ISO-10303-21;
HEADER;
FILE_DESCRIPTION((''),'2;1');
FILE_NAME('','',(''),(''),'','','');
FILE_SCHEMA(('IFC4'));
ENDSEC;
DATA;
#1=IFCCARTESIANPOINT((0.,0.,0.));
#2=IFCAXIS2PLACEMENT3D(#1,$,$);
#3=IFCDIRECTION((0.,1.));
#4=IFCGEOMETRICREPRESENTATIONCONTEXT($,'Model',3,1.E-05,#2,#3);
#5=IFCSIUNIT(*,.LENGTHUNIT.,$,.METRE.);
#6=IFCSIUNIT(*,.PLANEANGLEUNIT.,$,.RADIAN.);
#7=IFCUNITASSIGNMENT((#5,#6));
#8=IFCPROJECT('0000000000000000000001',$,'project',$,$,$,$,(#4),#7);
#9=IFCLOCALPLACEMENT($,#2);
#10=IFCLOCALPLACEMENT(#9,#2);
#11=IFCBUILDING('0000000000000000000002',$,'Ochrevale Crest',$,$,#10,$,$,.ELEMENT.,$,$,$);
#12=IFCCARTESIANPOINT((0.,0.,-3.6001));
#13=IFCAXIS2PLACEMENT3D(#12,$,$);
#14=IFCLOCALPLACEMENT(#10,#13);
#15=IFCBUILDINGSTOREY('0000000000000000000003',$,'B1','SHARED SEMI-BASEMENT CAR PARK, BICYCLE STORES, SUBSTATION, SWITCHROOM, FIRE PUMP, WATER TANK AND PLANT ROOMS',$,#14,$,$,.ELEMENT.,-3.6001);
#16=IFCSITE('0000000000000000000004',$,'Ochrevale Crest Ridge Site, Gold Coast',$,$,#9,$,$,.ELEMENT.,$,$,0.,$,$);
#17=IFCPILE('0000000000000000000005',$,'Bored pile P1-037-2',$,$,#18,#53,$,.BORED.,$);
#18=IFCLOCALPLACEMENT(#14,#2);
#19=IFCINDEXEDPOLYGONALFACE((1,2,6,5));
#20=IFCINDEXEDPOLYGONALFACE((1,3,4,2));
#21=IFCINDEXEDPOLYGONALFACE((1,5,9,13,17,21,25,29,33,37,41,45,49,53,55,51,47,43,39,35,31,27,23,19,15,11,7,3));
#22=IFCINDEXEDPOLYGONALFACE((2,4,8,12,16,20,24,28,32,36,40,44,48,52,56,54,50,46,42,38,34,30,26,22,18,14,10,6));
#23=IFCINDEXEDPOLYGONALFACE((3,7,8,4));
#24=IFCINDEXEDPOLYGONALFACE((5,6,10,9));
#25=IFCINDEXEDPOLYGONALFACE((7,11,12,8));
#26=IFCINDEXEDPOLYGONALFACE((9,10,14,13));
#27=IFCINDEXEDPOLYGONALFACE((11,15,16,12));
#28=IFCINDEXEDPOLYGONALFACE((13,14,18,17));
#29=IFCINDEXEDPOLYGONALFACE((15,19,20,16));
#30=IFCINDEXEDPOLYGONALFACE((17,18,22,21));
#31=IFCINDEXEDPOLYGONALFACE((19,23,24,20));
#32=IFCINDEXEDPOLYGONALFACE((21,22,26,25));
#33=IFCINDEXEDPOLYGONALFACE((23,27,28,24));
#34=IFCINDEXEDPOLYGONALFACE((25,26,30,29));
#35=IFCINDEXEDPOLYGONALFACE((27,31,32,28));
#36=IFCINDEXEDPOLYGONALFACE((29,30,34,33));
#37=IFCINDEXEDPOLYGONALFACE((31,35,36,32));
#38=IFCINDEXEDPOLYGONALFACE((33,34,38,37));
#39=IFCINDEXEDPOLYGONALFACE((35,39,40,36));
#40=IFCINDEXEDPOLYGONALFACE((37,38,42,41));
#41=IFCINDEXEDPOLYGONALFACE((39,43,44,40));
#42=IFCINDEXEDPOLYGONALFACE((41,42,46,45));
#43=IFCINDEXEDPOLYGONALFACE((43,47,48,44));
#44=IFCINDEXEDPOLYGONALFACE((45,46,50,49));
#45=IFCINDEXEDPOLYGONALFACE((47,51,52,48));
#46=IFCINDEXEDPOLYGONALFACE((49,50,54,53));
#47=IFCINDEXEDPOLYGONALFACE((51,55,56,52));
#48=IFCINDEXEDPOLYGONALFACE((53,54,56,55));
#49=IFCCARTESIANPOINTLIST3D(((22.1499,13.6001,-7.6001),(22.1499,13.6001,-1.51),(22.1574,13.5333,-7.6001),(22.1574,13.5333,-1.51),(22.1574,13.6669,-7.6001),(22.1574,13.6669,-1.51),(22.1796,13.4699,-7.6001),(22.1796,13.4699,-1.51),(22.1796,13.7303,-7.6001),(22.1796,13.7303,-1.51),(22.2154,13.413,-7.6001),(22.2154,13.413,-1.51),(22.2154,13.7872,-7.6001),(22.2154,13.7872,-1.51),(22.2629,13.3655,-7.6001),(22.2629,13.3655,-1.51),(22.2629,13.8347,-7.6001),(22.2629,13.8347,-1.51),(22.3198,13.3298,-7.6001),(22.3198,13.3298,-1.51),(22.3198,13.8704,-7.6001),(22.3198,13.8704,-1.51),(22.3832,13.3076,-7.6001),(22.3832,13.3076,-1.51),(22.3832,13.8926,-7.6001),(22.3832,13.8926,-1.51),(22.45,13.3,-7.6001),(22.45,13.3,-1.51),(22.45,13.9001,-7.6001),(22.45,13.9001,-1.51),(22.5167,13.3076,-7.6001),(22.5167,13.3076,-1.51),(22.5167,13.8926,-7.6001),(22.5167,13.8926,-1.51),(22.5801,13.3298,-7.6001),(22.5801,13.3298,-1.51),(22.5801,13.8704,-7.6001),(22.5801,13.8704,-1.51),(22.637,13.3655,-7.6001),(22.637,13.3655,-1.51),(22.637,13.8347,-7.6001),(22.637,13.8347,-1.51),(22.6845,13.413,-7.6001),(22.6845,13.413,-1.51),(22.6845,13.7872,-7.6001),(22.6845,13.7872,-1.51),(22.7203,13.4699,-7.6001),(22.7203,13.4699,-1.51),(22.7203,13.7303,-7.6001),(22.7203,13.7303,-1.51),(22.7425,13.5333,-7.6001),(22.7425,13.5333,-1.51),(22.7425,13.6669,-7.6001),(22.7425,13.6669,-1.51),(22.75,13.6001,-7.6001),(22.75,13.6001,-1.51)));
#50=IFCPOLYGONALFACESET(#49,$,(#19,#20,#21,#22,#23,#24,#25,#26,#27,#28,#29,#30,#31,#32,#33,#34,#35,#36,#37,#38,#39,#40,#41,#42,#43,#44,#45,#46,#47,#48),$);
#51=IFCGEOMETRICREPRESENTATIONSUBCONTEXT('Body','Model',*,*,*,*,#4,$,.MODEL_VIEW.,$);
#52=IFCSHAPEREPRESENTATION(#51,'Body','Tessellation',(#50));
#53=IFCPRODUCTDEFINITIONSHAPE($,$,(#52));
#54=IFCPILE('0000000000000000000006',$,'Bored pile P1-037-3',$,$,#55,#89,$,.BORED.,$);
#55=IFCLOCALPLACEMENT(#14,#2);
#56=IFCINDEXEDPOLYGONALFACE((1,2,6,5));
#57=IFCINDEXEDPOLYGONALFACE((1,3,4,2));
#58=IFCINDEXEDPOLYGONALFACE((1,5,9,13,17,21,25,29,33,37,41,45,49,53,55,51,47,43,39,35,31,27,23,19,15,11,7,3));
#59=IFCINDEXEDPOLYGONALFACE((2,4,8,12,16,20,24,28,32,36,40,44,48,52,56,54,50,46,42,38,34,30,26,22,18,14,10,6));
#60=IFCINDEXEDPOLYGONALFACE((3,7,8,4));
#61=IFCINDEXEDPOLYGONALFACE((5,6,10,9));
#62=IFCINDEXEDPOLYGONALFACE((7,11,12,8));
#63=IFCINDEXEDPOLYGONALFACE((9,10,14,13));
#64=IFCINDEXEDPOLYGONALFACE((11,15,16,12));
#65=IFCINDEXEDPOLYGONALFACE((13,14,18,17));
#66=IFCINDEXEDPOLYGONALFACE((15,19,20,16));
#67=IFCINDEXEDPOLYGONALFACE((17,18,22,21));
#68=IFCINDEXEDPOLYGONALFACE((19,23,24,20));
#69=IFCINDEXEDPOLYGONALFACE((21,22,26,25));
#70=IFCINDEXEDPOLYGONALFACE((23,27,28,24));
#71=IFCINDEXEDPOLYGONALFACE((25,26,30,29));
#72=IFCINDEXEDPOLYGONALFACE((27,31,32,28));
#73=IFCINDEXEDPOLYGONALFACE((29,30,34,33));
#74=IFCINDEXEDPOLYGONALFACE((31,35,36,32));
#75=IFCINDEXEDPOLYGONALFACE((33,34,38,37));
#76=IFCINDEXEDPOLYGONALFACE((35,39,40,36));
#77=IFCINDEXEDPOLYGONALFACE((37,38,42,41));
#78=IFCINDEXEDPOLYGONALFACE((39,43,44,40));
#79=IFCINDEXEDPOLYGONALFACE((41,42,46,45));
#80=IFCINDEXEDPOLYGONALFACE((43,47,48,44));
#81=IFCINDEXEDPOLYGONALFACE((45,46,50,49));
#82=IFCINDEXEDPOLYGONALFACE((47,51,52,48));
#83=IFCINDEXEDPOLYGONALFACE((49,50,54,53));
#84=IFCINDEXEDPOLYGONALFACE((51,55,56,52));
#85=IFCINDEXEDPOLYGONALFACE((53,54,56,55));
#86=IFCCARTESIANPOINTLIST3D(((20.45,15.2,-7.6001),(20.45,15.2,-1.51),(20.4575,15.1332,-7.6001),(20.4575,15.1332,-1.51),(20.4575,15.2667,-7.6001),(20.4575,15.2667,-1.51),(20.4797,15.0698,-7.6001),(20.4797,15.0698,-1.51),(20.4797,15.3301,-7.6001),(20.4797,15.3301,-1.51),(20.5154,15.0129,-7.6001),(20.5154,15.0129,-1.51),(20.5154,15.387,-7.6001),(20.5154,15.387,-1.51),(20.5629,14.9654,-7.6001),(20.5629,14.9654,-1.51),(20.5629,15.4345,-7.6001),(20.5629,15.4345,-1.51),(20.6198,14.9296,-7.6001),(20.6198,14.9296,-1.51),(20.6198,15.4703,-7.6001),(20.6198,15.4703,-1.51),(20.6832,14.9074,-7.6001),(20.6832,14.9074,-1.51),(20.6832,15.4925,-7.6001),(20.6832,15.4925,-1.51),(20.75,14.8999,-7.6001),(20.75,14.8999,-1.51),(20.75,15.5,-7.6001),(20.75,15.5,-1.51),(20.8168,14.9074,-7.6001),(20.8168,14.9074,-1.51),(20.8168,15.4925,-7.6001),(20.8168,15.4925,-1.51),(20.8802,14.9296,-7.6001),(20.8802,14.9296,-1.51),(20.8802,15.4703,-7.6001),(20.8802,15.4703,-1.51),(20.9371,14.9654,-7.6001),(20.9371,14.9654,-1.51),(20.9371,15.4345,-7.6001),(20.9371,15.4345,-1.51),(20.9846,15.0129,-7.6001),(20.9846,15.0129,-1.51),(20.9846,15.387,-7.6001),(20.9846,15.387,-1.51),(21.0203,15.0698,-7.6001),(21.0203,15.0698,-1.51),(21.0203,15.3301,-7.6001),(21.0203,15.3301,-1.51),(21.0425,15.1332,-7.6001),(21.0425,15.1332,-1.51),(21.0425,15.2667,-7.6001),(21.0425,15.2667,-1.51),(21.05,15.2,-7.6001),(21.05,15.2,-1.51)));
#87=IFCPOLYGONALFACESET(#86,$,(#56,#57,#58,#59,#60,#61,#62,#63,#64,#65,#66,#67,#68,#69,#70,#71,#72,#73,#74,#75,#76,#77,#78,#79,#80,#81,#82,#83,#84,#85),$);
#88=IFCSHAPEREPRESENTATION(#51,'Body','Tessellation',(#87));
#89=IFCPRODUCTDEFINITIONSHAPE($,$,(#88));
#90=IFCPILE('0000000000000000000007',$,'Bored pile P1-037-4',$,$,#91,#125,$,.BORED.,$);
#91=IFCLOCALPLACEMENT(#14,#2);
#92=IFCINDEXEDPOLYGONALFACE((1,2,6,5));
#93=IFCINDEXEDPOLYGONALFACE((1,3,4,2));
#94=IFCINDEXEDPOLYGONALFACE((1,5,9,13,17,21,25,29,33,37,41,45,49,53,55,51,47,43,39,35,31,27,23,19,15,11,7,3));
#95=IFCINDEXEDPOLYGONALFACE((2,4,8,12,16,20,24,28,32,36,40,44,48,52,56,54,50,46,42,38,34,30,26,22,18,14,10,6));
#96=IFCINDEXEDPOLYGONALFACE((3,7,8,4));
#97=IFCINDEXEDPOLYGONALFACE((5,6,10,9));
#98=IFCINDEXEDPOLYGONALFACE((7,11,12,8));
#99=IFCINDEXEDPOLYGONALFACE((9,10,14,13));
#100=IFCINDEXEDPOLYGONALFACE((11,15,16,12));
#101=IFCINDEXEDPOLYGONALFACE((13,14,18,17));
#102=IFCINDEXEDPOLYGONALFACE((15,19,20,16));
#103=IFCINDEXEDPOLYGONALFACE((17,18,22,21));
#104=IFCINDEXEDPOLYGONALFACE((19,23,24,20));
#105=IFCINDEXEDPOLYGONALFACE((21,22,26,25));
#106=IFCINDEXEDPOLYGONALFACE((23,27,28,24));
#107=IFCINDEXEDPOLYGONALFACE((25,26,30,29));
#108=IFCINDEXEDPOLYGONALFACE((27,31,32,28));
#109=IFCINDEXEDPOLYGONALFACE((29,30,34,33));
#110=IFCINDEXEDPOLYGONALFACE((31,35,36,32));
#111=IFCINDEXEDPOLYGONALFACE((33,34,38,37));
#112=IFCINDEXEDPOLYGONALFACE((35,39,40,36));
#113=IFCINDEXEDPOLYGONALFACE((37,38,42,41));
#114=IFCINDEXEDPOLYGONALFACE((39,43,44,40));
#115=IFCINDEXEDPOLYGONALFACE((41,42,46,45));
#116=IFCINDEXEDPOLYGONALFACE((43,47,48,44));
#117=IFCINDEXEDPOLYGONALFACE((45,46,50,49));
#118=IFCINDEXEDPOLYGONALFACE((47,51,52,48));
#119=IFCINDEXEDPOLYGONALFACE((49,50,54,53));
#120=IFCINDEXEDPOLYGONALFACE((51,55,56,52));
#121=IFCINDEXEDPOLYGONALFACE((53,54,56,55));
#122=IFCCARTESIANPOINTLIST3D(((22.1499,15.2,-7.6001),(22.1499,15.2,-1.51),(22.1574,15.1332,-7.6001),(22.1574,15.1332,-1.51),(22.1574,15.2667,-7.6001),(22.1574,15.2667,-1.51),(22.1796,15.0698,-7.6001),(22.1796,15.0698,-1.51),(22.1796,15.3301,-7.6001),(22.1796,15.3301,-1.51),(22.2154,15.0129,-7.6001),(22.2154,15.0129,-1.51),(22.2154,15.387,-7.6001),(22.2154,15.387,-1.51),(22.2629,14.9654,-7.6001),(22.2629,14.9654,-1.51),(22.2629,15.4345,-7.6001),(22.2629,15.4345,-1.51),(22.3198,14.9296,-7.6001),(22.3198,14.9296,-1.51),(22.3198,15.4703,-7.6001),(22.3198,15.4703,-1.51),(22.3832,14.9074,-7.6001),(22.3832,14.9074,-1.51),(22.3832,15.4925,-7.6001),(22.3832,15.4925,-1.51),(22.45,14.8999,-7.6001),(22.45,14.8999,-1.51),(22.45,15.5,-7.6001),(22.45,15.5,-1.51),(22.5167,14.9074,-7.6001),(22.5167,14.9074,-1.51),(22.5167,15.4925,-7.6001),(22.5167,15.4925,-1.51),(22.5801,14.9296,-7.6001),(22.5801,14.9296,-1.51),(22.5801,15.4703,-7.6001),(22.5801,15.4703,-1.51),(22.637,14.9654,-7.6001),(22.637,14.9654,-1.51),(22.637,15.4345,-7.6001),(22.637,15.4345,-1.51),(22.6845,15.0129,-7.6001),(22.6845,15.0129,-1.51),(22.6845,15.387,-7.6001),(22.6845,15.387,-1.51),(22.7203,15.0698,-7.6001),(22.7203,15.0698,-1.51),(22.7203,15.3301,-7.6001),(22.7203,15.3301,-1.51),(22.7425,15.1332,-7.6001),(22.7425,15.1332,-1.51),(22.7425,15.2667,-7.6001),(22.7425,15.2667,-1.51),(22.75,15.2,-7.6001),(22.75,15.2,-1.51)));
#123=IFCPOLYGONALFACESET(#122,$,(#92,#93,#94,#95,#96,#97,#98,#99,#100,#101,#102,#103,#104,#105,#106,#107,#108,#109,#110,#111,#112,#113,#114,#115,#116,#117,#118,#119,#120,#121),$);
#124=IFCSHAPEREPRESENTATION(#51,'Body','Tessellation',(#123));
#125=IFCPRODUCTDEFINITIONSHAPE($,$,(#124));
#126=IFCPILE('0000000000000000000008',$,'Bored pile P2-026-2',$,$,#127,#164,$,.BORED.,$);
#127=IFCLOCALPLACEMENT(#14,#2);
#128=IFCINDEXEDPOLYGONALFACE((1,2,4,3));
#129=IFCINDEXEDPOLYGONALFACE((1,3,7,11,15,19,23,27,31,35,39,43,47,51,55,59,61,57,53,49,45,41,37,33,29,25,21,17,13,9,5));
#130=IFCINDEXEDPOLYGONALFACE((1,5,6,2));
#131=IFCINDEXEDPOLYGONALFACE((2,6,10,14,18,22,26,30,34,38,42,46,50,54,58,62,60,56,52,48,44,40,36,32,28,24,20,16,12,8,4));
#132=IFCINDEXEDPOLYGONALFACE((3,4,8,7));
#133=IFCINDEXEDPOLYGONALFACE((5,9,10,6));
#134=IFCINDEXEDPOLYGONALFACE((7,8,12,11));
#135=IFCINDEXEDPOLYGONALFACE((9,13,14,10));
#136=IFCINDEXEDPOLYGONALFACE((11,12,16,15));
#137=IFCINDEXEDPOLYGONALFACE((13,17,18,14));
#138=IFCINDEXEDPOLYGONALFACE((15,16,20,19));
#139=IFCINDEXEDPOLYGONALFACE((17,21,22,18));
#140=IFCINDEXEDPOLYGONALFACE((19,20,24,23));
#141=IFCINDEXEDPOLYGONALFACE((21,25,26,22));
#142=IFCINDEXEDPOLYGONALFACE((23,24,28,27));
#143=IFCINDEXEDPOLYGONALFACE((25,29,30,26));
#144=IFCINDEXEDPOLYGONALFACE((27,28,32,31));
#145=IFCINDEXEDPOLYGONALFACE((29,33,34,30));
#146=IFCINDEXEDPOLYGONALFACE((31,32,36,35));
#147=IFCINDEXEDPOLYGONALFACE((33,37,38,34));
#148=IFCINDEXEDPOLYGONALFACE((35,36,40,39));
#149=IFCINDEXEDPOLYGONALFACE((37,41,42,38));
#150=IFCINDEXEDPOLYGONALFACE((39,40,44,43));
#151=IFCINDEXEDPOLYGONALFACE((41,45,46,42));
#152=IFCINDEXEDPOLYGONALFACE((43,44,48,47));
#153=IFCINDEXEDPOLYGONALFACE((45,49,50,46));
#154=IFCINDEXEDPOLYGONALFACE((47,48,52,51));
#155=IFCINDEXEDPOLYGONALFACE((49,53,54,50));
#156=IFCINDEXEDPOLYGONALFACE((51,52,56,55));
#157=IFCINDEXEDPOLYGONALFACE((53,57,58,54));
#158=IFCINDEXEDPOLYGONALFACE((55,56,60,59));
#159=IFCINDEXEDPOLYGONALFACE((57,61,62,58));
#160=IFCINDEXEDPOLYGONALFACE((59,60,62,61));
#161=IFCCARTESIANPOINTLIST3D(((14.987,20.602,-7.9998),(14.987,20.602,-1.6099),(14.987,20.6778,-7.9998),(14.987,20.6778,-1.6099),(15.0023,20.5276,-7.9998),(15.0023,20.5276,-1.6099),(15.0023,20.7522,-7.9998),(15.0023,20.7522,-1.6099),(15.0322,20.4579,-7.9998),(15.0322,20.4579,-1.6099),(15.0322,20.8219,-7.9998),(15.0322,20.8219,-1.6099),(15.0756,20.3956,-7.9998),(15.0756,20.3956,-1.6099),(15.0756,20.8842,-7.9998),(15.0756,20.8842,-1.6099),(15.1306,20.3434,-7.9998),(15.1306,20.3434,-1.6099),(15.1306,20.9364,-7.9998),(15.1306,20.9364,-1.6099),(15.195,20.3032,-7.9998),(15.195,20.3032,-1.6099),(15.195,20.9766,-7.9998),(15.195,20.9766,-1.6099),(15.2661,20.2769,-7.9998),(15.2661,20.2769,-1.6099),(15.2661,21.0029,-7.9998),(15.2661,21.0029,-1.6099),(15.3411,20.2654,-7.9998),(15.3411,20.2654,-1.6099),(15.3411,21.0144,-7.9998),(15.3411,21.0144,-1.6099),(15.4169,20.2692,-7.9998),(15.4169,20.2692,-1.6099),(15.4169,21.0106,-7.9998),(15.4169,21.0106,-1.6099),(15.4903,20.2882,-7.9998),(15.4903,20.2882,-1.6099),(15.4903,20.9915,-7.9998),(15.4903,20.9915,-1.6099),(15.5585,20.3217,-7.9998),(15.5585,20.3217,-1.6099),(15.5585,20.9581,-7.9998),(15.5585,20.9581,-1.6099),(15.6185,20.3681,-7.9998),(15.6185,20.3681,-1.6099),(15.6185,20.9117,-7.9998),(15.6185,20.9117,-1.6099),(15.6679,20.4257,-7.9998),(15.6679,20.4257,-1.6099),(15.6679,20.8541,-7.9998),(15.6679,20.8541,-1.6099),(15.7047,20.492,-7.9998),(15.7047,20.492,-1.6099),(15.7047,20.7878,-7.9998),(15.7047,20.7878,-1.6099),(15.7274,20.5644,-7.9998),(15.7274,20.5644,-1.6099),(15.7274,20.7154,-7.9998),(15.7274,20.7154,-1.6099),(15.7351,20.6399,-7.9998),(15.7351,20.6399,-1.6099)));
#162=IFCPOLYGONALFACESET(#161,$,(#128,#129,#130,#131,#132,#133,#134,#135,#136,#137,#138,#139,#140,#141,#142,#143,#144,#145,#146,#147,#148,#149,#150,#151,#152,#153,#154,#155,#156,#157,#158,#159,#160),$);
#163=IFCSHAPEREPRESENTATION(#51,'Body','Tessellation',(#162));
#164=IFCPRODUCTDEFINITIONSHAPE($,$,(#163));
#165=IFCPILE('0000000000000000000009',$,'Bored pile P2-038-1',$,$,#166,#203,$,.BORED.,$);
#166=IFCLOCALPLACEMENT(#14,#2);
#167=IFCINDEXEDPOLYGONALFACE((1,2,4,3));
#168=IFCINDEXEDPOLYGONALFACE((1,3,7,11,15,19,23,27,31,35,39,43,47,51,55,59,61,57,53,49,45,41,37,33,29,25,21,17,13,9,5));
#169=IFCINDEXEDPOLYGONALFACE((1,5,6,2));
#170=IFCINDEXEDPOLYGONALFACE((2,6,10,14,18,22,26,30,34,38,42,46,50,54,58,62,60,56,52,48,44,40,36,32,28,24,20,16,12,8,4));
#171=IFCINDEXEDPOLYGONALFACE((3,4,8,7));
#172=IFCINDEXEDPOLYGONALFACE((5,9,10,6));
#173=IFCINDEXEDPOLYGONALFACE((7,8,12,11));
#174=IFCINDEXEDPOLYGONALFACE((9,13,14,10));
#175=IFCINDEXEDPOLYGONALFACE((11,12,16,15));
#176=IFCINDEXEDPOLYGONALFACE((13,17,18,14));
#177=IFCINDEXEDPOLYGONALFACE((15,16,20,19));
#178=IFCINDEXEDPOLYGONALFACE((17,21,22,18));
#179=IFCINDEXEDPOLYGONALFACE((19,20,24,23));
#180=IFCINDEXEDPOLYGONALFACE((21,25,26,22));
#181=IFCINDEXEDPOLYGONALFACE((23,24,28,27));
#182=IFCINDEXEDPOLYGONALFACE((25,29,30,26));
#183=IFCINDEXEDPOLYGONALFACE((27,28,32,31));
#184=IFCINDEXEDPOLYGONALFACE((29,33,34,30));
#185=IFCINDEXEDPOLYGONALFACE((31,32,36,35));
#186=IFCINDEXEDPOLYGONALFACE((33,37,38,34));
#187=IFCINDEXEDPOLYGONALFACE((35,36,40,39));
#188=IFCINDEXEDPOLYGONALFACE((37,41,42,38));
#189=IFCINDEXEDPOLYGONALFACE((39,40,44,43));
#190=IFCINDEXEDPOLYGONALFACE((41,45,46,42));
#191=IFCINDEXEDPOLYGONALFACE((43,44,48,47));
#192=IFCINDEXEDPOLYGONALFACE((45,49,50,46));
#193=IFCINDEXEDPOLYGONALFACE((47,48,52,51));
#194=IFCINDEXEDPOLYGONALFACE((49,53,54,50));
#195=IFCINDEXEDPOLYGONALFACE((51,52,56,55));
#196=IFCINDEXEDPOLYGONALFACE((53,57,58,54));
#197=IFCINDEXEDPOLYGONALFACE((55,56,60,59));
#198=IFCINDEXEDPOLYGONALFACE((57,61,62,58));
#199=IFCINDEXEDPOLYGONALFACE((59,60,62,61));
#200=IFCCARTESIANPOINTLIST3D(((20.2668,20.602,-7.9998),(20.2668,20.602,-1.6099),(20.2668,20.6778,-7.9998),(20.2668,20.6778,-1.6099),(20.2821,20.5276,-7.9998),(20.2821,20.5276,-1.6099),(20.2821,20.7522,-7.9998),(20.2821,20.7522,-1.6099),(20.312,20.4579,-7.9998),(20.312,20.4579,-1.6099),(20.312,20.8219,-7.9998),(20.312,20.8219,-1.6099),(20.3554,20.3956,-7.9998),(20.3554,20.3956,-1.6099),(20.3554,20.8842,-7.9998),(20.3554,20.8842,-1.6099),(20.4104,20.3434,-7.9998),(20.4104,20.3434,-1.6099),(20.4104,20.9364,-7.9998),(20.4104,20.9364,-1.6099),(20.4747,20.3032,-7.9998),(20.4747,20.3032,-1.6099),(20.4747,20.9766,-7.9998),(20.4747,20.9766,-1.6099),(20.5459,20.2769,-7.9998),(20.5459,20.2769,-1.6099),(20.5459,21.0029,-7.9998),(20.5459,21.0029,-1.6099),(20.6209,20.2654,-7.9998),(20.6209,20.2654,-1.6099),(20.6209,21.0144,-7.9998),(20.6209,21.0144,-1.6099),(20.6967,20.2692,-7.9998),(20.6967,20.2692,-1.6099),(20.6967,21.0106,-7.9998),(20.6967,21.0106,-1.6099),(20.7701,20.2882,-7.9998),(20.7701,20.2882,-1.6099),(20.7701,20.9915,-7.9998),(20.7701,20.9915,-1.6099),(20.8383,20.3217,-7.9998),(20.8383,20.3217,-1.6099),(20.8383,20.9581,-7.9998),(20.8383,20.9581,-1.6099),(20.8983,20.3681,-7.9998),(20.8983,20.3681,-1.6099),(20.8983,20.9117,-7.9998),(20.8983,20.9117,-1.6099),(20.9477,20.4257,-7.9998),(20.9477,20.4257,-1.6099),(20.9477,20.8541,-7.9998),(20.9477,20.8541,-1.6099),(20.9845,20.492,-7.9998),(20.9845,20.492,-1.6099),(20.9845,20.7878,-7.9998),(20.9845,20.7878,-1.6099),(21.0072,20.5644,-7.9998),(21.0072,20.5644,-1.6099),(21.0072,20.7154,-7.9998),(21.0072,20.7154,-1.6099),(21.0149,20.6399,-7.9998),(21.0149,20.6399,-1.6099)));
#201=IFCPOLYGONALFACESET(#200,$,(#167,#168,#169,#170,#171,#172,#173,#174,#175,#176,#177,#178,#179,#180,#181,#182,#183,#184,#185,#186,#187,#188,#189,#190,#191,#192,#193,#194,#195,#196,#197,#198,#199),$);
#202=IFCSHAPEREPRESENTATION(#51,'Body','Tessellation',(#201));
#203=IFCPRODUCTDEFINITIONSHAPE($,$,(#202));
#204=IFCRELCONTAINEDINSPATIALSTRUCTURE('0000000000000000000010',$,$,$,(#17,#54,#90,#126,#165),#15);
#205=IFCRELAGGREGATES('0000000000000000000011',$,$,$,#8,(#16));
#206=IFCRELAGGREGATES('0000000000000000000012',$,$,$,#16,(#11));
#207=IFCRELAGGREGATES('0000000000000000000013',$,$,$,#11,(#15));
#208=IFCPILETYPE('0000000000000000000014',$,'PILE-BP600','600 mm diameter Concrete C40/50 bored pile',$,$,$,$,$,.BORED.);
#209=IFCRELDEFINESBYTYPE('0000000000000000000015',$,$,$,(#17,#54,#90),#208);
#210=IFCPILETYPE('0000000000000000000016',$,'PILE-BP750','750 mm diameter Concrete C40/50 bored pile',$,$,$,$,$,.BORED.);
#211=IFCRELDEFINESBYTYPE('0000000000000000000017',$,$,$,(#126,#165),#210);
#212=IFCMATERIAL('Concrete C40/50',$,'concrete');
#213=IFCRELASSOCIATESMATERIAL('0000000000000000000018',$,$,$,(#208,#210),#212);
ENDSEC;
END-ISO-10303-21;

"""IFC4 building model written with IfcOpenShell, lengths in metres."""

from ifc_helpers import new_model, si_unit, direction, frame, origin, origin_2d, place, context, subcontext, project, spatial, circle, extrude, material, material_profile, profile_set, type_object, element, save


model = new_model("IFC4")

# Units and contexts
model_context = context("Model", 3, precision=1e-05, world=origin(), true_north=direction((0.0, 1.0)))
body_context = subcontext(model_context, "Body", "Model", "MODEL_VIEW")
ifc_project = project(units=[si_unit("LENGTHUNIT", "METRE"), si_unit("PLANEANGLEUNIT", "RADIAN")], contexts=[model_context])

# Site, building, storey
site_placement = place(None, origin())
site = spatial("IfcSite", under=ifc_project, at=site_placement, Name="Ochrevale Crest Ridge Site, Gold Coast", CompositionType="ELEMENT", RefElevation=0.0)
building_placement = place(site_placement, origin())
building = spatial("IfcBuilding", under=site, at=building_placement, Name="Ochrevale Crest", CompositionType="ELEMENT")
storey_placement = place(building_placement, frame((0.0, 0.0, -3.6001)))
storey = spatial("IfcBuildingStorey", under=building, at=storey_placement, Name="B1", Description="SHARED SEMI-BASEMENT CAR PARK, BICYCLE STORES, SUBSTATION, SWITCHROOM, FIRE PUMP, WATER TANK AND PLANT ROOMS", CompositionType="ELEMENT", Elevation=-3.6001)

# Shared definitions
ifc_material_1 = material(Name="Concrete C40/50", Category="concrete")

# Piles
ifc_material_profile_1 = material_profile(ifc_material_1, circle(Radius=0.3, at=origin_2d()), Name="BORED PILE 600")
ifc_profile_set_1 = profile_set([ifc_material_profile_1], Name="Concrete C40/50")
pile_type_1 = type_object("IfcPileType", Name="PILE-BP600", Description="600 mm diameter Concrete C40/50 bored pile", PredefinedType="BORED", material=ifc_profile_set_1)
for number, where, z_axis, x_axis, name in (
    (1, (22.45, 13.6001, -1.51), (0.0, 0.0, -1.0), (1.0, 0.0, 0.0), "Bored pile P1-037-2"),
    (2, (20.75, 15.2, -1.51), (0.0, 0.0, -1.0), (1.0, 0.0, 0.0), "Bored pile P1-037-3"),
    (3, (22.45, 15.2, -1.51), (0.0, 0.0, -1.0), (1.0, 0.0, 0.0), "Bored pile P1-037-4"),
):
    element("IfcPile", number, at=place(storey_placement, frame(where, z_axis=z_axis, x_axis=x_axis)), inside=storey, type_object=pile_type_1, Name=name, PredefinedType="BORED", context=body_context, shape_type="SweptSolid", body=[
        extrude(circle(Radius=0.3, at=origin_2d()), origin(), (0.0, 0.0, 1.0), 6.0901),
    ])
ifc_material_profile_2 = material_profile(ifc_material_1, circle(Radius=0.375, at=origin_2d()), Name="BORED PILE 750")
ifc_profile_set_2 = profile_set([ifc_material_profile_2], Name="Concrete C40/50")
pile_type_2 = type_object("IfcPileType", Name="PILE-BP750", Description="750 mm diameter Concrete C40/50 bored pile", PredefinedType="BORED", material=ifc_profile_set_2)
for number, where, z_axis, x_axis, name in (
    (4, (15.3601, 20.6399, -1.6099), (0.0, 0.0, -1.0), (1.0, 0.0, 0.0), "Bored pile P2-026-2"),
    (5, (20.6399, 20.6399, -1.6099), (0.0, 0.0, -1.0), (1.0, 0.0, 0.0), "Bored pile P2-038-1"),
):
    element("IfcPile", number, at=place(storey_placement, frame(where, z_axis=z_axis, x_axis=x_axis)), inside=storey, type_object=pile_type_2, Name=name, PredefinedType="BORED", context=body_context, shape_type="SweptSolid", body=[
        extrude(circle(Radius=0.375, at=origin_2d()), origin(), (0.0, 0.0, 1.0), 6.3899),
    ])

save(model, "model.ifc")
